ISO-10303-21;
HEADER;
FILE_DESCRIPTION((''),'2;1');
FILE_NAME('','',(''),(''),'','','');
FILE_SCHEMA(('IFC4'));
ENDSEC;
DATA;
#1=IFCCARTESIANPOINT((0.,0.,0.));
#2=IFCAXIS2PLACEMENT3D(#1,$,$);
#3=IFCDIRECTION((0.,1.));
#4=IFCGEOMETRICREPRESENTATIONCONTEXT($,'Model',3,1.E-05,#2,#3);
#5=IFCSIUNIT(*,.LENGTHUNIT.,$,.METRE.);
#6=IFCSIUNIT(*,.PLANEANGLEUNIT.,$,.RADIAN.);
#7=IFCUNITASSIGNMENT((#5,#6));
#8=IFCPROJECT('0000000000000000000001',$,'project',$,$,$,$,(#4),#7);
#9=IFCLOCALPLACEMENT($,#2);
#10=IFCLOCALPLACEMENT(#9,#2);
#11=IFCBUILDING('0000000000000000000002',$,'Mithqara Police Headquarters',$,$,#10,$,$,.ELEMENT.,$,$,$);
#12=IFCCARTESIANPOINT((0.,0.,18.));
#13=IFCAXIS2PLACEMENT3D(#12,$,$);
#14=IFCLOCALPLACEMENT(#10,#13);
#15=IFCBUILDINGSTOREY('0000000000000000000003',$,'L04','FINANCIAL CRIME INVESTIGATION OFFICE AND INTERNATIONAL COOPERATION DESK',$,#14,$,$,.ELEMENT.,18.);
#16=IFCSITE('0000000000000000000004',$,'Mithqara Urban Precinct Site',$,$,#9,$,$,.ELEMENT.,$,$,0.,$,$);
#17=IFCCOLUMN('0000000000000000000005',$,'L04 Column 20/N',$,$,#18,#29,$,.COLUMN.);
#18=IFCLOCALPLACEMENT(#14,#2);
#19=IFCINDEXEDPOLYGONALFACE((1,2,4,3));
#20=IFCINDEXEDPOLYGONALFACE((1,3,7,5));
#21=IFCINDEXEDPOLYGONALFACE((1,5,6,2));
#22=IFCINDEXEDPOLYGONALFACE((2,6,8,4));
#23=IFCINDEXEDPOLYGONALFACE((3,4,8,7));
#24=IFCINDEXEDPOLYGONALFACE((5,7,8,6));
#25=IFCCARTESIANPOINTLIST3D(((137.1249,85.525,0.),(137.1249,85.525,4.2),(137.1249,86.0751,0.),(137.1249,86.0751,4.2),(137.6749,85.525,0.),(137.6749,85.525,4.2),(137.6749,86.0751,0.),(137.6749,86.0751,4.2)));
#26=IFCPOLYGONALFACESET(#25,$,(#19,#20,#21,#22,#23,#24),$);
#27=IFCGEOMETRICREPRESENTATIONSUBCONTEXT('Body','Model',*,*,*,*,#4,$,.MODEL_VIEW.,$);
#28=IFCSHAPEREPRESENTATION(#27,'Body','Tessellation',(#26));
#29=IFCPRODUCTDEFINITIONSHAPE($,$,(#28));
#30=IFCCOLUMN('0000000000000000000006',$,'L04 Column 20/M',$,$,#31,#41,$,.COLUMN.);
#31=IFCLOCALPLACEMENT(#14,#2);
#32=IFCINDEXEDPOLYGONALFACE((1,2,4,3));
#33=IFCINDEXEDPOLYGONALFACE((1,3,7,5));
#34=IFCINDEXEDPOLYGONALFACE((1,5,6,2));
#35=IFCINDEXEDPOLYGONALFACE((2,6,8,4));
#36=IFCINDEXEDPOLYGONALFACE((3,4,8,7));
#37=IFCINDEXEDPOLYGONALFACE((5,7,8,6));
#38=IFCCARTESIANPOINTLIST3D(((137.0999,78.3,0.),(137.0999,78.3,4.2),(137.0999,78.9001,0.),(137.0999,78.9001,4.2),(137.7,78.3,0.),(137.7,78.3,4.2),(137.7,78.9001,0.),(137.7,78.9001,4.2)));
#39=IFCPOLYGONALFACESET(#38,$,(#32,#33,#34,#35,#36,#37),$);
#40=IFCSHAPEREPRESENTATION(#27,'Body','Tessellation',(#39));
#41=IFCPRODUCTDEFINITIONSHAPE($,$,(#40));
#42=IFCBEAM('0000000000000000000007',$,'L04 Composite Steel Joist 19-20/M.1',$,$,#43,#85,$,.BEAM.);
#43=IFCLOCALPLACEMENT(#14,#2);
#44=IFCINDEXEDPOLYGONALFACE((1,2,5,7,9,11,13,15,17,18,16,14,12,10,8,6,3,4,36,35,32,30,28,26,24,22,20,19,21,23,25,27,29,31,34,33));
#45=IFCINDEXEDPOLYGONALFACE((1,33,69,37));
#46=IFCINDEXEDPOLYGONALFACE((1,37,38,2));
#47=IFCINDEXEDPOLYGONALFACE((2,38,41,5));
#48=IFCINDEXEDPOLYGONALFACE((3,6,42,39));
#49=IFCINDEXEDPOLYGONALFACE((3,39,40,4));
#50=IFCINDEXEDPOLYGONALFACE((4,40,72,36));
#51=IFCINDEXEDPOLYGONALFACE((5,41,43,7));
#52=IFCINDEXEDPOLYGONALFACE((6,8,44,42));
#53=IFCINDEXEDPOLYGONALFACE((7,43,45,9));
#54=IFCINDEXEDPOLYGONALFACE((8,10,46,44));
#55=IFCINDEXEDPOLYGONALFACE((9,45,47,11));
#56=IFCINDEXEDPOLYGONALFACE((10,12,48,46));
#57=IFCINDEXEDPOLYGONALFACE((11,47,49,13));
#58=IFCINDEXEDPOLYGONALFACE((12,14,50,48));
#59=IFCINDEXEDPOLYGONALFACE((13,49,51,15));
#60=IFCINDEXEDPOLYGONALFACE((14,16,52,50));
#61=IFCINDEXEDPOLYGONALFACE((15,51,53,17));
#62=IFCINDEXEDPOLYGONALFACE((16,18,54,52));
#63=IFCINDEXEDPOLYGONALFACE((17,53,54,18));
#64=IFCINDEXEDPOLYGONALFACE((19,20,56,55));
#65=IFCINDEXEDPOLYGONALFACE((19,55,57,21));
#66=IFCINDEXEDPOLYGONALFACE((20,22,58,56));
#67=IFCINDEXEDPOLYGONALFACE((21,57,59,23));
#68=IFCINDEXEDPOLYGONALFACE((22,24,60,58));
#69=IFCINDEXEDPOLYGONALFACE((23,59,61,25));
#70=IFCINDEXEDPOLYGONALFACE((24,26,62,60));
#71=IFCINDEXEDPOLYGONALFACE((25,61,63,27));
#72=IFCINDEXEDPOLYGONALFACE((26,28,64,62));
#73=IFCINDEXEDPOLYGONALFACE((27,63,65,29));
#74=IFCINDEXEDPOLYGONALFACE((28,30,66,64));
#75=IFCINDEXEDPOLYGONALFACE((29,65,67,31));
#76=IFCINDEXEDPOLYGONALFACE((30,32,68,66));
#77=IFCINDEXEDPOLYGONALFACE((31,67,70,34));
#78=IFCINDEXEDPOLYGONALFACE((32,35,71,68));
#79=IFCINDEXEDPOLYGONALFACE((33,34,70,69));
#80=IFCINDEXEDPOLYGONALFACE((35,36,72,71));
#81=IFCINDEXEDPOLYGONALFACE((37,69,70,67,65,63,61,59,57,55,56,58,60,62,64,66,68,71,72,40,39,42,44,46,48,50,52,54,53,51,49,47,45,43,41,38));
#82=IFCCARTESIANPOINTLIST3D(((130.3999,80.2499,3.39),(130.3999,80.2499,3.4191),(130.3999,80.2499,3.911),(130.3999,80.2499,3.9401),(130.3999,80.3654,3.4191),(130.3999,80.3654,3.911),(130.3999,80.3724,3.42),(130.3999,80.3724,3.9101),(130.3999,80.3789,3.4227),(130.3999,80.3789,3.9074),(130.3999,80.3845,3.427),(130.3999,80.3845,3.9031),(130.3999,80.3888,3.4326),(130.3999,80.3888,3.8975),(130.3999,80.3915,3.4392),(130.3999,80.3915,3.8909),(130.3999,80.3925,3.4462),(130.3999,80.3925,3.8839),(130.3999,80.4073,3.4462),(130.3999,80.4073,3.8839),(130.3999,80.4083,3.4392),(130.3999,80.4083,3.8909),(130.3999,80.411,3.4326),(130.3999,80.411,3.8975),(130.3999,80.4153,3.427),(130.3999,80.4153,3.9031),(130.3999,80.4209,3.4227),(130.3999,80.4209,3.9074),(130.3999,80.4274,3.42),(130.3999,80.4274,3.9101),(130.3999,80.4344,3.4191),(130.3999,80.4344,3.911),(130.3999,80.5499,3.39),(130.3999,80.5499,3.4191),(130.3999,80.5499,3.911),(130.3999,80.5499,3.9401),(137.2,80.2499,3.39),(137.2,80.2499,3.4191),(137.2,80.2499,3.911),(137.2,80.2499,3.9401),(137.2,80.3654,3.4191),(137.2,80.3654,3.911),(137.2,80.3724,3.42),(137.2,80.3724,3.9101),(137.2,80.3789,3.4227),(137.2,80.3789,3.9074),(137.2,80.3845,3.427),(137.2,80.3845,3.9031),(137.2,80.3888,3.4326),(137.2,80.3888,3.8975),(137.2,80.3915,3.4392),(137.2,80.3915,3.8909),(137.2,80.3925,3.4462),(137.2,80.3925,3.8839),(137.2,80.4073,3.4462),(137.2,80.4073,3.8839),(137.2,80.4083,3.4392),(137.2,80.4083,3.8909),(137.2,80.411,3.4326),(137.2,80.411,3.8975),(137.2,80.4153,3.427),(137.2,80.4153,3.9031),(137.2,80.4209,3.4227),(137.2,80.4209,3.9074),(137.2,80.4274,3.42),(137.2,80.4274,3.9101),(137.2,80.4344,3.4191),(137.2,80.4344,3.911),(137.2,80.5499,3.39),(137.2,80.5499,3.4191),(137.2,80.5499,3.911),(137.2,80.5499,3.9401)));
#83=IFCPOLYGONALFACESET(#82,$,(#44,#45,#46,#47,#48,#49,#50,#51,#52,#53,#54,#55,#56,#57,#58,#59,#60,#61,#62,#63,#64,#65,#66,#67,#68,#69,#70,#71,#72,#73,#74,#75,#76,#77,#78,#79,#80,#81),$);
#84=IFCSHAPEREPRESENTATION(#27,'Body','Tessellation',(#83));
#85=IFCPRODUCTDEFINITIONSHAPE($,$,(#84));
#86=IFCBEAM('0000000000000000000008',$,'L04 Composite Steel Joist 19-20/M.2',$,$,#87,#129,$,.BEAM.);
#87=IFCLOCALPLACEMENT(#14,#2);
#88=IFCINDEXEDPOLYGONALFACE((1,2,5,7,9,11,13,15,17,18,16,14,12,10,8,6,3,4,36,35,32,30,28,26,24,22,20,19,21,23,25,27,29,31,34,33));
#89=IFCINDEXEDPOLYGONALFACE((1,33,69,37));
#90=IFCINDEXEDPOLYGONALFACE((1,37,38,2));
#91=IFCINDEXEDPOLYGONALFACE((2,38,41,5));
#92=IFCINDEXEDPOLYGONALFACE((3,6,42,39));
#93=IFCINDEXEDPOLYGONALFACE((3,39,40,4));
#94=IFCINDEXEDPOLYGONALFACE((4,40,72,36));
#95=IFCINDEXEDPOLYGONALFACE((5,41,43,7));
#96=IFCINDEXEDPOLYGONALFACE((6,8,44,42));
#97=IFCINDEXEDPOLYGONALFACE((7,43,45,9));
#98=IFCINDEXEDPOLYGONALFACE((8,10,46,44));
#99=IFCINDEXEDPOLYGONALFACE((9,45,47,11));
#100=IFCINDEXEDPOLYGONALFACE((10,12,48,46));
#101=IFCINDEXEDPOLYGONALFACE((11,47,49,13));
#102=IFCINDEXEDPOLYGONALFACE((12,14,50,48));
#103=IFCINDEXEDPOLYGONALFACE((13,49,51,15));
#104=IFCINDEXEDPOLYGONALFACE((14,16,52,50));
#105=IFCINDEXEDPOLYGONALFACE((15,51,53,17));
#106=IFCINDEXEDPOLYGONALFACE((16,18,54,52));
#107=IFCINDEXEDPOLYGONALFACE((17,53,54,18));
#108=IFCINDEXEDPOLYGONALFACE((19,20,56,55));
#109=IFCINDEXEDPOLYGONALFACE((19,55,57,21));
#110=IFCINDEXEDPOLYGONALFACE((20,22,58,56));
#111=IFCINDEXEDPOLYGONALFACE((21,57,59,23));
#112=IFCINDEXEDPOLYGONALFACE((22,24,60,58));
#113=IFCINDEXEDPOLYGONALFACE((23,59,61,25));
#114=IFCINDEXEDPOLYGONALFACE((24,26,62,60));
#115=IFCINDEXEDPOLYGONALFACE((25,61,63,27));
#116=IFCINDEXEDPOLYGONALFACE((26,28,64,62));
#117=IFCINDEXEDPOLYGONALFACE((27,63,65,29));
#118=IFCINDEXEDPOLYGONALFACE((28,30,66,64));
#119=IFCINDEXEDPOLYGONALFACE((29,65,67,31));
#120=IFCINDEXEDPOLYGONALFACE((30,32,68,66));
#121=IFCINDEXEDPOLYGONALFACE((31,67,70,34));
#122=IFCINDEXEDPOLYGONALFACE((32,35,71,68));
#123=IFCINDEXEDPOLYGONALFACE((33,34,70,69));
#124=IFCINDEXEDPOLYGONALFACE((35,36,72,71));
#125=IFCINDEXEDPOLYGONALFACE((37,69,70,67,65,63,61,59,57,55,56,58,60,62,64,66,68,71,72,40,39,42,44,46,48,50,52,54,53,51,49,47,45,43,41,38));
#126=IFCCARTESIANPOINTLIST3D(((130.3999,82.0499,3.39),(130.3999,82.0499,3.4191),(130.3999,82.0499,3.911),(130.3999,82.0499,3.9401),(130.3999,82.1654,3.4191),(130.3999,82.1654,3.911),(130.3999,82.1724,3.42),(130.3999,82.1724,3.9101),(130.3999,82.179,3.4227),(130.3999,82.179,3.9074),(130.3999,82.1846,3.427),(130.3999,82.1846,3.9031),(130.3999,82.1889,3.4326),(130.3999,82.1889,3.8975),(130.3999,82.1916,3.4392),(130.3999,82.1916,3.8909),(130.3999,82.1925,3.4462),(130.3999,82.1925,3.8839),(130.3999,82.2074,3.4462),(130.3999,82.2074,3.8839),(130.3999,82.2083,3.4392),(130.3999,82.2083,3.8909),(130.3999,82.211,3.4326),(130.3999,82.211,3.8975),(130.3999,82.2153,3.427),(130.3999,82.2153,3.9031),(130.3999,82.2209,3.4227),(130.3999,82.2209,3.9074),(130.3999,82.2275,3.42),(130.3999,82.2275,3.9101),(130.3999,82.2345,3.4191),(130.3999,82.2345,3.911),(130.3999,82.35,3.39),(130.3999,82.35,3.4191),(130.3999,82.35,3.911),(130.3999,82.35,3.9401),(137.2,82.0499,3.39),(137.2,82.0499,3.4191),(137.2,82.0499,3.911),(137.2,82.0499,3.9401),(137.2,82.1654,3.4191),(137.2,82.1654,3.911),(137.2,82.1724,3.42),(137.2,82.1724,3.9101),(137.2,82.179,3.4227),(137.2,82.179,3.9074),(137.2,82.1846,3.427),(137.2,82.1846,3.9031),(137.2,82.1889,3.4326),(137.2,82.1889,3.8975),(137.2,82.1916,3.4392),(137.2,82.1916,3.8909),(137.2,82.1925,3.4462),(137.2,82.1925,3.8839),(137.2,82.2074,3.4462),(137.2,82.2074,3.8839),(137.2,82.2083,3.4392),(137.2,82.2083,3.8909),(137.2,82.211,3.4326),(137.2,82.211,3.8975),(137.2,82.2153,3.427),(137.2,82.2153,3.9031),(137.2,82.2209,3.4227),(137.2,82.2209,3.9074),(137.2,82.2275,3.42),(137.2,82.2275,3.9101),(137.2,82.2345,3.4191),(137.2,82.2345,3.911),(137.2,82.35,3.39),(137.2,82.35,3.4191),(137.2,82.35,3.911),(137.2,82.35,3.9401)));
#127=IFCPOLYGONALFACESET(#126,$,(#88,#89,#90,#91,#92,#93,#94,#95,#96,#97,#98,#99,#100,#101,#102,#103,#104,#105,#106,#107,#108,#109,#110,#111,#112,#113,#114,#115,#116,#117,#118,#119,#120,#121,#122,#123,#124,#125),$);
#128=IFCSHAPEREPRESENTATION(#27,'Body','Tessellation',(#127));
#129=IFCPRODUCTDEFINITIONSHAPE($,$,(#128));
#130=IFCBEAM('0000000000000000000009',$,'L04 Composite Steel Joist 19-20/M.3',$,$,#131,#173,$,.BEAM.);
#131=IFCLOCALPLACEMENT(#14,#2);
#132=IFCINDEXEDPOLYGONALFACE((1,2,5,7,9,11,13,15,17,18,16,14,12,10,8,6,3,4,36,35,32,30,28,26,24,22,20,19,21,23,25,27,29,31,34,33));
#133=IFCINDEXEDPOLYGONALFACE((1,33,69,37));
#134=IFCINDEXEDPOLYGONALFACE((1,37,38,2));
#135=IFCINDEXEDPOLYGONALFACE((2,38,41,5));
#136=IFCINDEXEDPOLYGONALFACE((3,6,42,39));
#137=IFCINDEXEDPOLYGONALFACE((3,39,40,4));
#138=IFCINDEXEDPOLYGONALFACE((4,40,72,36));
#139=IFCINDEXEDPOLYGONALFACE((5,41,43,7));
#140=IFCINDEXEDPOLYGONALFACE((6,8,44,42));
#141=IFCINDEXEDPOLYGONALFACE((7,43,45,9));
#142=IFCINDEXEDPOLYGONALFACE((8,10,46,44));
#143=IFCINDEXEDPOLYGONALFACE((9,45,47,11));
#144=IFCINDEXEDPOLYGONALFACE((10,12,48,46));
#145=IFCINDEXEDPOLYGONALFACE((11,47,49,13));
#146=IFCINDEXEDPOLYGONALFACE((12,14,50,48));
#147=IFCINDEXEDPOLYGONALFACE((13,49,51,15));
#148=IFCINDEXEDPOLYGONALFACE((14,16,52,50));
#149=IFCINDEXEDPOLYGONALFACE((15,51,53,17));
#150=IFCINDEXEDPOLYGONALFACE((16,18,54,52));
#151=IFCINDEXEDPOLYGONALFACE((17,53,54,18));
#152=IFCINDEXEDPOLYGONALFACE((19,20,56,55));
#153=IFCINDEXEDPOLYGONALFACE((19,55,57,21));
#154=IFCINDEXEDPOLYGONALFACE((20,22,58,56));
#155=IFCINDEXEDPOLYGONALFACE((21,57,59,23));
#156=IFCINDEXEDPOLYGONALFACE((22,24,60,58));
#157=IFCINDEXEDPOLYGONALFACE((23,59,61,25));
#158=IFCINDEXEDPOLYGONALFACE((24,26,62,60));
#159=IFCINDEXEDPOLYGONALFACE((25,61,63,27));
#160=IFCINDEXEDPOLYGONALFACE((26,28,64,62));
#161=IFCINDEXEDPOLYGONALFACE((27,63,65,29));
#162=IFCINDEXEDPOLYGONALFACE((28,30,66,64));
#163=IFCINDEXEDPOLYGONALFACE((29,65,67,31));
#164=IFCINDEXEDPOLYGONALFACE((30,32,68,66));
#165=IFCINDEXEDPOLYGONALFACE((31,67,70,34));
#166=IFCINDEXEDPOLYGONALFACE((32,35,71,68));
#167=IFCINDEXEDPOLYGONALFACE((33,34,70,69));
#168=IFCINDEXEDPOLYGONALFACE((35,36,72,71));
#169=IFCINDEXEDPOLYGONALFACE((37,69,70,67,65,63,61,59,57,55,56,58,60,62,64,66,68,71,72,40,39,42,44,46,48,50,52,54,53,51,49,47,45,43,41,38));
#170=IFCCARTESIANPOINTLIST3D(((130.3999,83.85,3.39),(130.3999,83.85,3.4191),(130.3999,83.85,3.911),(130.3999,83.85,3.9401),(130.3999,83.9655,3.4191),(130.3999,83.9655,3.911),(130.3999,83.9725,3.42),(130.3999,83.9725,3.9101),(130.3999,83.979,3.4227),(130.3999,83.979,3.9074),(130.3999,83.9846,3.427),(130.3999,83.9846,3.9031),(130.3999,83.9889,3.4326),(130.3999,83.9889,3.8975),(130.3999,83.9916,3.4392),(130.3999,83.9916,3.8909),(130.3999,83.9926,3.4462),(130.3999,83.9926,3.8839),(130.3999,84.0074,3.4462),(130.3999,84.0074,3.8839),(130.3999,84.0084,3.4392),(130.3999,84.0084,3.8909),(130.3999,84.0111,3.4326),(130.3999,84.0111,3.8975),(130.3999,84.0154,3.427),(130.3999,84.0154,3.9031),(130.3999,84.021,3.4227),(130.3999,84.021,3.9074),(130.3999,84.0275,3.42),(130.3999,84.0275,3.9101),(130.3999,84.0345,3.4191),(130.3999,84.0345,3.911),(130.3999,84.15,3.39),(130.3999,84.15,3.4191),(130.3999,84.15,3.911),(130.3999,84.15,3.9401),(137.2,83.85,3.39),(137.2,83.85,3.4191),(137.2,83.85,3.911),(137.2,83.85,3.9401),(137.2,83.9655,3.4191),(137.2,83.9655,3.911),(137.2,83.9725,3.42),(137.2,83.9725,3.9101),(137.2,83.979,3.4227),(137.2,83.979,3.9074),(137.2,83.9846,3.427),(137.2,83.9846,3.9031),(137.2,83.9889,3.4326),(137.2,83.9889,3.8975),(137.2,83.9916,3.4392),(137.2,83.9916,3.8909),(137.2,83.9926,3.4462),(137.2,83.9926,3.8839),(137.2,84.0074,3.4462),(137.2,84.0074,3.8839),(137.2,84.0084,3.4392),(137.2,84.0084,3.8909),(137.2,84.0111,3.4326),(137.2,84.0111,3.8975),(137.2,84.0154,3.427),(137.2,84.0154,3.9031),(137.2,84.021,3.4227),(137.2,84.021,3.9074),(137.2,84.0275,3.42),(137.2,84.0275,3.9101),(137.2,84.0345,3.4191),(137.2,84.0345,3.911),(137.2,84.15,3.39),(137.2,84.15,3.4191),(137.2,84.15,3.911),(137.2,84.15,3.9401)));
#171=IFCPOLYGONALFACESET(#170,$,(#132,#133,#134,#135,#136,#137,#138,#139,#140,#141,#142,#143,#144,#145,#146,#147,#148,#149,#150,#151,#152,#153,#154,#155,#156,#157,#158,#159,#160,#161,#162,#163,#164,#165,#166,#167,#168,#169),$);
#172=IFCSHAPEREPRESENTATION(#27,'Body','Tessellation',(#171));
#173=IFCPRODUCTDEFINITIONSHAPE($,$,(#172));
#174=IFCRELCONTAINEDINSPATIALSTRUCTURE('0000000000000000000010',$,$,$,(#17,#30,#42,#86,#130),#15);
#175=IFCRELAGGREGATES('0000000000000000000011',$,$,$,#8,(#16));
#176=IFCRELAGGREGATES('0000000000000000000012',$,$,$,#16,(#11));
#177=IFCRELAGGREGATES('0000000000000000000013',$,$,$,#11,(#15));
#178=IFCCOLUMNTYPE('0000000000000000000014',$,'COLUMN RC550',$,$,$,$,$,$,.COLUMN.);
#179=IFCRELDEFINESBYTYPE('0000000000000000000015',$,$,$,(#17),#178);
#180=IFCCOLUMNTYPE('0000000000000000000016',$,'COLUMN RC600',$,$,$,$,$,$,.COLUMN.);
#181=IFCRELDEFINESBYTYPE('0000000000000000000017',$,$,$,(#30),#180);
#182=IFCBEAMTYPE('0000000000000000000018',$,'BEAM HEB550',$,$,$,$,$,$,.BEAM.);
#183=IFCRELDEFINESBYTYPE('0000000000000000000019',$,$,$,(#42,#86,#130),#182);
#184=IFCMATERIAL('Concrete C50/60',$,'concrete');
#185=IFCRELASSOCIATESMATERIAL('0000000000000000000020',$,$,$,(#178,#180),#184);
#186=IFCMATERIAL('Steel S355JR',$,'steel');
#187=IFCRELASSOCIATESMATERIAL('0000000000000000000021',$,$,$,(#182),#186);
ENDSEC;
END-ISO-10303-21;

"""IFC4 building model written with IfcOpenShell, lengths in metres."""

from ifc_helpers import new_model, si_unit, direction, frame, origin, origin_2d, place, context, subcontext, project, spatial, rectangle, i_section, extrude, material, material_profile, profile_set, type_object, element, save


model = new_model("IFC4")

# Units and contexts
model_context = context("Model", 3, precision=1e-05, world=origin(), true_north=direction((0.0, 1.0)))
body_context = subcontext(model_context, "Body", "Model", "MODEL_VIEW")
ifc_project = project(units=[si_unit("LENGTHUNIT", "METRE"), si_unit("PLANEANGLEUNIT", "RADIAN")], contexts=[model_context])

# Site, building, storey
site_placement = place(None, origin())
site = spatial("IfcSite", under=ifc_project, at=site_placement, Name="Mithqara Urban Precinct Site", CompositionType="ELEMENT", RefElevation=0.0)
building_placement = place(site_placement, origin())
building = spatial("IfcBuilding", under=site, at=building_placement, Name="Mithqara Police Headquarters", CompositionType="ELEMENT")
storey_placement = place(building_placement, frame((0.0, 0.0, 18.0)))
storey = spatial("IfcBuildingStorey", under=building, at=storey_placement, Name="L04", Description="FINANCIAL CRIME INVESTIGATION OFFICE AND INTERNATIONAL COOPERATION DESK", CompositionType="ELEMENT", Elevation=18.0)

# Columns
ifc_material_1 = material(Name="Concrete C50/60", Category="concrete")
ifc_material_profile_1 = material_profile(ifc_material_1, rectangle(XDim=0.55, YDim=0.55, at=origin_2d()), Name="RC 550x550")
ifc_profile_set_1 = profile_set([ifc_material_profile_1], Name="Concrete C50/60")
column_type_1 = type_object("IfcColumnType", Name="COLUMN RC550", PredefinedType="COLUMN", material=ifc_profile_set_1)
column_1_placement = place(storey_placement, frame((137.3999, 85.8, 0.0), z_axis=(0.0, 0.0, 1.0), x_axis=(1.0, 0.0, 0.0)))
element("IfcColumn", 1, at=column_1_placement, inside=storey, type_object=column_type_1, Name="L04 Column 20/N", PredefinedType="COLUMN", context=body_context, shape_type="SweptSolid", body=[
    extrude(rectangle(XDim=0.55, YDim=0.55, at=origin_2d()), origin(), (0.0, 0.0, 1.0), 4.2),
])
ifc_material_profile_2 = material_profile(ifc_material_1, rectangle(XDim=0.6001, YDim=0.6001, at=origin_2d()), Name="RC 600x600")
ifc_profile_set_2 = profile_set([ifc_material_profile_2], Name="Concrete C50/60")
column_type_2 = type_object("IfcColumnType", Name="COLUMN RC600", PredefinedType="COLUMN", material=ifc_profile_set_2)
column_2_placement = place(storey_placement, frame((137.3999, 78.6001, 0.0), z_axis=(0.0, 0.0, 1.0), x_axis=(1.0, 0.0, 0.0)))
element("IfcColumn", 2, at=column_2_placement, inside=storey, type_object=column_type_2, Name="L04 Column 20/M", PredefinedType="COLUMN", context=body_context, shape_type="SweptSolid", body=[
    extrude(rectangle(XDim=0.6001, YDim=0.6001, at=origin_2d()), origin(), (0.0, 0.0, 1.0), 4.2),
])

# Beams
ifc_material_2 = material(Name="Steel S355JR", Category="steel")
ifc_material_profile_3 = material_profile(ifc_material_2, i_section(OverallWidth=0.3, OverallDepth=0.55, WebThickness=0.0149, FlangeThickness=0.0291, FilletRadius=0.0271, at=origin_2d()), Name="HEB 550")
ifc_profile_set_3 = profile_set([ifc_material_profile_3], Name="Steel S355JR")
beam_type_1 = type_object("IfcBeamType", Name="BEAM HEB550", PredefinedType="BEAM", material=ifc_profile_set_3)
for number, where, z_axis, x_axis, name in (
    (3, (130.3999, 80.3999, 3.665), (1.0, 0.0, 0.0), (0.0, 1.0, 0.0), "L04 Composite Steel Joist 19-20/M.1"),
    (4, (130.3999, 82.2, 3.665), (1.0, 0.0, 0.0), (0.0, 1.0, 0.0), "L04 Composite Steel Joist 19-20/M.2"),
    (5, (130.3999, 84.0, 3.665), (1.0, 0.0, 0.0), (0.0, 1.0, 0.0), "L04 Composite Steel Joist 19-20/M.3"),
):
    element("IfcBeam", number, at=place(storey_placement, frame(where, z_axis=z_axis, x_axis=x_axis)), inside=storey, type_object=beam_type_1, Name=name, PredefinedType="BEAM", context=body_context, shape_type="SweptSolid", body=[
        extrude(i_section(OverallWidth=0.3, OverallDepth=0.55, WebThickness=0.0149, FlangeThickness=0.0291, FilletRadius=0.0271, at=origin_2d()), origin(), (0.0, 0.0, 1.0), 6.8),
    ])

save(model, "model.ifc")
